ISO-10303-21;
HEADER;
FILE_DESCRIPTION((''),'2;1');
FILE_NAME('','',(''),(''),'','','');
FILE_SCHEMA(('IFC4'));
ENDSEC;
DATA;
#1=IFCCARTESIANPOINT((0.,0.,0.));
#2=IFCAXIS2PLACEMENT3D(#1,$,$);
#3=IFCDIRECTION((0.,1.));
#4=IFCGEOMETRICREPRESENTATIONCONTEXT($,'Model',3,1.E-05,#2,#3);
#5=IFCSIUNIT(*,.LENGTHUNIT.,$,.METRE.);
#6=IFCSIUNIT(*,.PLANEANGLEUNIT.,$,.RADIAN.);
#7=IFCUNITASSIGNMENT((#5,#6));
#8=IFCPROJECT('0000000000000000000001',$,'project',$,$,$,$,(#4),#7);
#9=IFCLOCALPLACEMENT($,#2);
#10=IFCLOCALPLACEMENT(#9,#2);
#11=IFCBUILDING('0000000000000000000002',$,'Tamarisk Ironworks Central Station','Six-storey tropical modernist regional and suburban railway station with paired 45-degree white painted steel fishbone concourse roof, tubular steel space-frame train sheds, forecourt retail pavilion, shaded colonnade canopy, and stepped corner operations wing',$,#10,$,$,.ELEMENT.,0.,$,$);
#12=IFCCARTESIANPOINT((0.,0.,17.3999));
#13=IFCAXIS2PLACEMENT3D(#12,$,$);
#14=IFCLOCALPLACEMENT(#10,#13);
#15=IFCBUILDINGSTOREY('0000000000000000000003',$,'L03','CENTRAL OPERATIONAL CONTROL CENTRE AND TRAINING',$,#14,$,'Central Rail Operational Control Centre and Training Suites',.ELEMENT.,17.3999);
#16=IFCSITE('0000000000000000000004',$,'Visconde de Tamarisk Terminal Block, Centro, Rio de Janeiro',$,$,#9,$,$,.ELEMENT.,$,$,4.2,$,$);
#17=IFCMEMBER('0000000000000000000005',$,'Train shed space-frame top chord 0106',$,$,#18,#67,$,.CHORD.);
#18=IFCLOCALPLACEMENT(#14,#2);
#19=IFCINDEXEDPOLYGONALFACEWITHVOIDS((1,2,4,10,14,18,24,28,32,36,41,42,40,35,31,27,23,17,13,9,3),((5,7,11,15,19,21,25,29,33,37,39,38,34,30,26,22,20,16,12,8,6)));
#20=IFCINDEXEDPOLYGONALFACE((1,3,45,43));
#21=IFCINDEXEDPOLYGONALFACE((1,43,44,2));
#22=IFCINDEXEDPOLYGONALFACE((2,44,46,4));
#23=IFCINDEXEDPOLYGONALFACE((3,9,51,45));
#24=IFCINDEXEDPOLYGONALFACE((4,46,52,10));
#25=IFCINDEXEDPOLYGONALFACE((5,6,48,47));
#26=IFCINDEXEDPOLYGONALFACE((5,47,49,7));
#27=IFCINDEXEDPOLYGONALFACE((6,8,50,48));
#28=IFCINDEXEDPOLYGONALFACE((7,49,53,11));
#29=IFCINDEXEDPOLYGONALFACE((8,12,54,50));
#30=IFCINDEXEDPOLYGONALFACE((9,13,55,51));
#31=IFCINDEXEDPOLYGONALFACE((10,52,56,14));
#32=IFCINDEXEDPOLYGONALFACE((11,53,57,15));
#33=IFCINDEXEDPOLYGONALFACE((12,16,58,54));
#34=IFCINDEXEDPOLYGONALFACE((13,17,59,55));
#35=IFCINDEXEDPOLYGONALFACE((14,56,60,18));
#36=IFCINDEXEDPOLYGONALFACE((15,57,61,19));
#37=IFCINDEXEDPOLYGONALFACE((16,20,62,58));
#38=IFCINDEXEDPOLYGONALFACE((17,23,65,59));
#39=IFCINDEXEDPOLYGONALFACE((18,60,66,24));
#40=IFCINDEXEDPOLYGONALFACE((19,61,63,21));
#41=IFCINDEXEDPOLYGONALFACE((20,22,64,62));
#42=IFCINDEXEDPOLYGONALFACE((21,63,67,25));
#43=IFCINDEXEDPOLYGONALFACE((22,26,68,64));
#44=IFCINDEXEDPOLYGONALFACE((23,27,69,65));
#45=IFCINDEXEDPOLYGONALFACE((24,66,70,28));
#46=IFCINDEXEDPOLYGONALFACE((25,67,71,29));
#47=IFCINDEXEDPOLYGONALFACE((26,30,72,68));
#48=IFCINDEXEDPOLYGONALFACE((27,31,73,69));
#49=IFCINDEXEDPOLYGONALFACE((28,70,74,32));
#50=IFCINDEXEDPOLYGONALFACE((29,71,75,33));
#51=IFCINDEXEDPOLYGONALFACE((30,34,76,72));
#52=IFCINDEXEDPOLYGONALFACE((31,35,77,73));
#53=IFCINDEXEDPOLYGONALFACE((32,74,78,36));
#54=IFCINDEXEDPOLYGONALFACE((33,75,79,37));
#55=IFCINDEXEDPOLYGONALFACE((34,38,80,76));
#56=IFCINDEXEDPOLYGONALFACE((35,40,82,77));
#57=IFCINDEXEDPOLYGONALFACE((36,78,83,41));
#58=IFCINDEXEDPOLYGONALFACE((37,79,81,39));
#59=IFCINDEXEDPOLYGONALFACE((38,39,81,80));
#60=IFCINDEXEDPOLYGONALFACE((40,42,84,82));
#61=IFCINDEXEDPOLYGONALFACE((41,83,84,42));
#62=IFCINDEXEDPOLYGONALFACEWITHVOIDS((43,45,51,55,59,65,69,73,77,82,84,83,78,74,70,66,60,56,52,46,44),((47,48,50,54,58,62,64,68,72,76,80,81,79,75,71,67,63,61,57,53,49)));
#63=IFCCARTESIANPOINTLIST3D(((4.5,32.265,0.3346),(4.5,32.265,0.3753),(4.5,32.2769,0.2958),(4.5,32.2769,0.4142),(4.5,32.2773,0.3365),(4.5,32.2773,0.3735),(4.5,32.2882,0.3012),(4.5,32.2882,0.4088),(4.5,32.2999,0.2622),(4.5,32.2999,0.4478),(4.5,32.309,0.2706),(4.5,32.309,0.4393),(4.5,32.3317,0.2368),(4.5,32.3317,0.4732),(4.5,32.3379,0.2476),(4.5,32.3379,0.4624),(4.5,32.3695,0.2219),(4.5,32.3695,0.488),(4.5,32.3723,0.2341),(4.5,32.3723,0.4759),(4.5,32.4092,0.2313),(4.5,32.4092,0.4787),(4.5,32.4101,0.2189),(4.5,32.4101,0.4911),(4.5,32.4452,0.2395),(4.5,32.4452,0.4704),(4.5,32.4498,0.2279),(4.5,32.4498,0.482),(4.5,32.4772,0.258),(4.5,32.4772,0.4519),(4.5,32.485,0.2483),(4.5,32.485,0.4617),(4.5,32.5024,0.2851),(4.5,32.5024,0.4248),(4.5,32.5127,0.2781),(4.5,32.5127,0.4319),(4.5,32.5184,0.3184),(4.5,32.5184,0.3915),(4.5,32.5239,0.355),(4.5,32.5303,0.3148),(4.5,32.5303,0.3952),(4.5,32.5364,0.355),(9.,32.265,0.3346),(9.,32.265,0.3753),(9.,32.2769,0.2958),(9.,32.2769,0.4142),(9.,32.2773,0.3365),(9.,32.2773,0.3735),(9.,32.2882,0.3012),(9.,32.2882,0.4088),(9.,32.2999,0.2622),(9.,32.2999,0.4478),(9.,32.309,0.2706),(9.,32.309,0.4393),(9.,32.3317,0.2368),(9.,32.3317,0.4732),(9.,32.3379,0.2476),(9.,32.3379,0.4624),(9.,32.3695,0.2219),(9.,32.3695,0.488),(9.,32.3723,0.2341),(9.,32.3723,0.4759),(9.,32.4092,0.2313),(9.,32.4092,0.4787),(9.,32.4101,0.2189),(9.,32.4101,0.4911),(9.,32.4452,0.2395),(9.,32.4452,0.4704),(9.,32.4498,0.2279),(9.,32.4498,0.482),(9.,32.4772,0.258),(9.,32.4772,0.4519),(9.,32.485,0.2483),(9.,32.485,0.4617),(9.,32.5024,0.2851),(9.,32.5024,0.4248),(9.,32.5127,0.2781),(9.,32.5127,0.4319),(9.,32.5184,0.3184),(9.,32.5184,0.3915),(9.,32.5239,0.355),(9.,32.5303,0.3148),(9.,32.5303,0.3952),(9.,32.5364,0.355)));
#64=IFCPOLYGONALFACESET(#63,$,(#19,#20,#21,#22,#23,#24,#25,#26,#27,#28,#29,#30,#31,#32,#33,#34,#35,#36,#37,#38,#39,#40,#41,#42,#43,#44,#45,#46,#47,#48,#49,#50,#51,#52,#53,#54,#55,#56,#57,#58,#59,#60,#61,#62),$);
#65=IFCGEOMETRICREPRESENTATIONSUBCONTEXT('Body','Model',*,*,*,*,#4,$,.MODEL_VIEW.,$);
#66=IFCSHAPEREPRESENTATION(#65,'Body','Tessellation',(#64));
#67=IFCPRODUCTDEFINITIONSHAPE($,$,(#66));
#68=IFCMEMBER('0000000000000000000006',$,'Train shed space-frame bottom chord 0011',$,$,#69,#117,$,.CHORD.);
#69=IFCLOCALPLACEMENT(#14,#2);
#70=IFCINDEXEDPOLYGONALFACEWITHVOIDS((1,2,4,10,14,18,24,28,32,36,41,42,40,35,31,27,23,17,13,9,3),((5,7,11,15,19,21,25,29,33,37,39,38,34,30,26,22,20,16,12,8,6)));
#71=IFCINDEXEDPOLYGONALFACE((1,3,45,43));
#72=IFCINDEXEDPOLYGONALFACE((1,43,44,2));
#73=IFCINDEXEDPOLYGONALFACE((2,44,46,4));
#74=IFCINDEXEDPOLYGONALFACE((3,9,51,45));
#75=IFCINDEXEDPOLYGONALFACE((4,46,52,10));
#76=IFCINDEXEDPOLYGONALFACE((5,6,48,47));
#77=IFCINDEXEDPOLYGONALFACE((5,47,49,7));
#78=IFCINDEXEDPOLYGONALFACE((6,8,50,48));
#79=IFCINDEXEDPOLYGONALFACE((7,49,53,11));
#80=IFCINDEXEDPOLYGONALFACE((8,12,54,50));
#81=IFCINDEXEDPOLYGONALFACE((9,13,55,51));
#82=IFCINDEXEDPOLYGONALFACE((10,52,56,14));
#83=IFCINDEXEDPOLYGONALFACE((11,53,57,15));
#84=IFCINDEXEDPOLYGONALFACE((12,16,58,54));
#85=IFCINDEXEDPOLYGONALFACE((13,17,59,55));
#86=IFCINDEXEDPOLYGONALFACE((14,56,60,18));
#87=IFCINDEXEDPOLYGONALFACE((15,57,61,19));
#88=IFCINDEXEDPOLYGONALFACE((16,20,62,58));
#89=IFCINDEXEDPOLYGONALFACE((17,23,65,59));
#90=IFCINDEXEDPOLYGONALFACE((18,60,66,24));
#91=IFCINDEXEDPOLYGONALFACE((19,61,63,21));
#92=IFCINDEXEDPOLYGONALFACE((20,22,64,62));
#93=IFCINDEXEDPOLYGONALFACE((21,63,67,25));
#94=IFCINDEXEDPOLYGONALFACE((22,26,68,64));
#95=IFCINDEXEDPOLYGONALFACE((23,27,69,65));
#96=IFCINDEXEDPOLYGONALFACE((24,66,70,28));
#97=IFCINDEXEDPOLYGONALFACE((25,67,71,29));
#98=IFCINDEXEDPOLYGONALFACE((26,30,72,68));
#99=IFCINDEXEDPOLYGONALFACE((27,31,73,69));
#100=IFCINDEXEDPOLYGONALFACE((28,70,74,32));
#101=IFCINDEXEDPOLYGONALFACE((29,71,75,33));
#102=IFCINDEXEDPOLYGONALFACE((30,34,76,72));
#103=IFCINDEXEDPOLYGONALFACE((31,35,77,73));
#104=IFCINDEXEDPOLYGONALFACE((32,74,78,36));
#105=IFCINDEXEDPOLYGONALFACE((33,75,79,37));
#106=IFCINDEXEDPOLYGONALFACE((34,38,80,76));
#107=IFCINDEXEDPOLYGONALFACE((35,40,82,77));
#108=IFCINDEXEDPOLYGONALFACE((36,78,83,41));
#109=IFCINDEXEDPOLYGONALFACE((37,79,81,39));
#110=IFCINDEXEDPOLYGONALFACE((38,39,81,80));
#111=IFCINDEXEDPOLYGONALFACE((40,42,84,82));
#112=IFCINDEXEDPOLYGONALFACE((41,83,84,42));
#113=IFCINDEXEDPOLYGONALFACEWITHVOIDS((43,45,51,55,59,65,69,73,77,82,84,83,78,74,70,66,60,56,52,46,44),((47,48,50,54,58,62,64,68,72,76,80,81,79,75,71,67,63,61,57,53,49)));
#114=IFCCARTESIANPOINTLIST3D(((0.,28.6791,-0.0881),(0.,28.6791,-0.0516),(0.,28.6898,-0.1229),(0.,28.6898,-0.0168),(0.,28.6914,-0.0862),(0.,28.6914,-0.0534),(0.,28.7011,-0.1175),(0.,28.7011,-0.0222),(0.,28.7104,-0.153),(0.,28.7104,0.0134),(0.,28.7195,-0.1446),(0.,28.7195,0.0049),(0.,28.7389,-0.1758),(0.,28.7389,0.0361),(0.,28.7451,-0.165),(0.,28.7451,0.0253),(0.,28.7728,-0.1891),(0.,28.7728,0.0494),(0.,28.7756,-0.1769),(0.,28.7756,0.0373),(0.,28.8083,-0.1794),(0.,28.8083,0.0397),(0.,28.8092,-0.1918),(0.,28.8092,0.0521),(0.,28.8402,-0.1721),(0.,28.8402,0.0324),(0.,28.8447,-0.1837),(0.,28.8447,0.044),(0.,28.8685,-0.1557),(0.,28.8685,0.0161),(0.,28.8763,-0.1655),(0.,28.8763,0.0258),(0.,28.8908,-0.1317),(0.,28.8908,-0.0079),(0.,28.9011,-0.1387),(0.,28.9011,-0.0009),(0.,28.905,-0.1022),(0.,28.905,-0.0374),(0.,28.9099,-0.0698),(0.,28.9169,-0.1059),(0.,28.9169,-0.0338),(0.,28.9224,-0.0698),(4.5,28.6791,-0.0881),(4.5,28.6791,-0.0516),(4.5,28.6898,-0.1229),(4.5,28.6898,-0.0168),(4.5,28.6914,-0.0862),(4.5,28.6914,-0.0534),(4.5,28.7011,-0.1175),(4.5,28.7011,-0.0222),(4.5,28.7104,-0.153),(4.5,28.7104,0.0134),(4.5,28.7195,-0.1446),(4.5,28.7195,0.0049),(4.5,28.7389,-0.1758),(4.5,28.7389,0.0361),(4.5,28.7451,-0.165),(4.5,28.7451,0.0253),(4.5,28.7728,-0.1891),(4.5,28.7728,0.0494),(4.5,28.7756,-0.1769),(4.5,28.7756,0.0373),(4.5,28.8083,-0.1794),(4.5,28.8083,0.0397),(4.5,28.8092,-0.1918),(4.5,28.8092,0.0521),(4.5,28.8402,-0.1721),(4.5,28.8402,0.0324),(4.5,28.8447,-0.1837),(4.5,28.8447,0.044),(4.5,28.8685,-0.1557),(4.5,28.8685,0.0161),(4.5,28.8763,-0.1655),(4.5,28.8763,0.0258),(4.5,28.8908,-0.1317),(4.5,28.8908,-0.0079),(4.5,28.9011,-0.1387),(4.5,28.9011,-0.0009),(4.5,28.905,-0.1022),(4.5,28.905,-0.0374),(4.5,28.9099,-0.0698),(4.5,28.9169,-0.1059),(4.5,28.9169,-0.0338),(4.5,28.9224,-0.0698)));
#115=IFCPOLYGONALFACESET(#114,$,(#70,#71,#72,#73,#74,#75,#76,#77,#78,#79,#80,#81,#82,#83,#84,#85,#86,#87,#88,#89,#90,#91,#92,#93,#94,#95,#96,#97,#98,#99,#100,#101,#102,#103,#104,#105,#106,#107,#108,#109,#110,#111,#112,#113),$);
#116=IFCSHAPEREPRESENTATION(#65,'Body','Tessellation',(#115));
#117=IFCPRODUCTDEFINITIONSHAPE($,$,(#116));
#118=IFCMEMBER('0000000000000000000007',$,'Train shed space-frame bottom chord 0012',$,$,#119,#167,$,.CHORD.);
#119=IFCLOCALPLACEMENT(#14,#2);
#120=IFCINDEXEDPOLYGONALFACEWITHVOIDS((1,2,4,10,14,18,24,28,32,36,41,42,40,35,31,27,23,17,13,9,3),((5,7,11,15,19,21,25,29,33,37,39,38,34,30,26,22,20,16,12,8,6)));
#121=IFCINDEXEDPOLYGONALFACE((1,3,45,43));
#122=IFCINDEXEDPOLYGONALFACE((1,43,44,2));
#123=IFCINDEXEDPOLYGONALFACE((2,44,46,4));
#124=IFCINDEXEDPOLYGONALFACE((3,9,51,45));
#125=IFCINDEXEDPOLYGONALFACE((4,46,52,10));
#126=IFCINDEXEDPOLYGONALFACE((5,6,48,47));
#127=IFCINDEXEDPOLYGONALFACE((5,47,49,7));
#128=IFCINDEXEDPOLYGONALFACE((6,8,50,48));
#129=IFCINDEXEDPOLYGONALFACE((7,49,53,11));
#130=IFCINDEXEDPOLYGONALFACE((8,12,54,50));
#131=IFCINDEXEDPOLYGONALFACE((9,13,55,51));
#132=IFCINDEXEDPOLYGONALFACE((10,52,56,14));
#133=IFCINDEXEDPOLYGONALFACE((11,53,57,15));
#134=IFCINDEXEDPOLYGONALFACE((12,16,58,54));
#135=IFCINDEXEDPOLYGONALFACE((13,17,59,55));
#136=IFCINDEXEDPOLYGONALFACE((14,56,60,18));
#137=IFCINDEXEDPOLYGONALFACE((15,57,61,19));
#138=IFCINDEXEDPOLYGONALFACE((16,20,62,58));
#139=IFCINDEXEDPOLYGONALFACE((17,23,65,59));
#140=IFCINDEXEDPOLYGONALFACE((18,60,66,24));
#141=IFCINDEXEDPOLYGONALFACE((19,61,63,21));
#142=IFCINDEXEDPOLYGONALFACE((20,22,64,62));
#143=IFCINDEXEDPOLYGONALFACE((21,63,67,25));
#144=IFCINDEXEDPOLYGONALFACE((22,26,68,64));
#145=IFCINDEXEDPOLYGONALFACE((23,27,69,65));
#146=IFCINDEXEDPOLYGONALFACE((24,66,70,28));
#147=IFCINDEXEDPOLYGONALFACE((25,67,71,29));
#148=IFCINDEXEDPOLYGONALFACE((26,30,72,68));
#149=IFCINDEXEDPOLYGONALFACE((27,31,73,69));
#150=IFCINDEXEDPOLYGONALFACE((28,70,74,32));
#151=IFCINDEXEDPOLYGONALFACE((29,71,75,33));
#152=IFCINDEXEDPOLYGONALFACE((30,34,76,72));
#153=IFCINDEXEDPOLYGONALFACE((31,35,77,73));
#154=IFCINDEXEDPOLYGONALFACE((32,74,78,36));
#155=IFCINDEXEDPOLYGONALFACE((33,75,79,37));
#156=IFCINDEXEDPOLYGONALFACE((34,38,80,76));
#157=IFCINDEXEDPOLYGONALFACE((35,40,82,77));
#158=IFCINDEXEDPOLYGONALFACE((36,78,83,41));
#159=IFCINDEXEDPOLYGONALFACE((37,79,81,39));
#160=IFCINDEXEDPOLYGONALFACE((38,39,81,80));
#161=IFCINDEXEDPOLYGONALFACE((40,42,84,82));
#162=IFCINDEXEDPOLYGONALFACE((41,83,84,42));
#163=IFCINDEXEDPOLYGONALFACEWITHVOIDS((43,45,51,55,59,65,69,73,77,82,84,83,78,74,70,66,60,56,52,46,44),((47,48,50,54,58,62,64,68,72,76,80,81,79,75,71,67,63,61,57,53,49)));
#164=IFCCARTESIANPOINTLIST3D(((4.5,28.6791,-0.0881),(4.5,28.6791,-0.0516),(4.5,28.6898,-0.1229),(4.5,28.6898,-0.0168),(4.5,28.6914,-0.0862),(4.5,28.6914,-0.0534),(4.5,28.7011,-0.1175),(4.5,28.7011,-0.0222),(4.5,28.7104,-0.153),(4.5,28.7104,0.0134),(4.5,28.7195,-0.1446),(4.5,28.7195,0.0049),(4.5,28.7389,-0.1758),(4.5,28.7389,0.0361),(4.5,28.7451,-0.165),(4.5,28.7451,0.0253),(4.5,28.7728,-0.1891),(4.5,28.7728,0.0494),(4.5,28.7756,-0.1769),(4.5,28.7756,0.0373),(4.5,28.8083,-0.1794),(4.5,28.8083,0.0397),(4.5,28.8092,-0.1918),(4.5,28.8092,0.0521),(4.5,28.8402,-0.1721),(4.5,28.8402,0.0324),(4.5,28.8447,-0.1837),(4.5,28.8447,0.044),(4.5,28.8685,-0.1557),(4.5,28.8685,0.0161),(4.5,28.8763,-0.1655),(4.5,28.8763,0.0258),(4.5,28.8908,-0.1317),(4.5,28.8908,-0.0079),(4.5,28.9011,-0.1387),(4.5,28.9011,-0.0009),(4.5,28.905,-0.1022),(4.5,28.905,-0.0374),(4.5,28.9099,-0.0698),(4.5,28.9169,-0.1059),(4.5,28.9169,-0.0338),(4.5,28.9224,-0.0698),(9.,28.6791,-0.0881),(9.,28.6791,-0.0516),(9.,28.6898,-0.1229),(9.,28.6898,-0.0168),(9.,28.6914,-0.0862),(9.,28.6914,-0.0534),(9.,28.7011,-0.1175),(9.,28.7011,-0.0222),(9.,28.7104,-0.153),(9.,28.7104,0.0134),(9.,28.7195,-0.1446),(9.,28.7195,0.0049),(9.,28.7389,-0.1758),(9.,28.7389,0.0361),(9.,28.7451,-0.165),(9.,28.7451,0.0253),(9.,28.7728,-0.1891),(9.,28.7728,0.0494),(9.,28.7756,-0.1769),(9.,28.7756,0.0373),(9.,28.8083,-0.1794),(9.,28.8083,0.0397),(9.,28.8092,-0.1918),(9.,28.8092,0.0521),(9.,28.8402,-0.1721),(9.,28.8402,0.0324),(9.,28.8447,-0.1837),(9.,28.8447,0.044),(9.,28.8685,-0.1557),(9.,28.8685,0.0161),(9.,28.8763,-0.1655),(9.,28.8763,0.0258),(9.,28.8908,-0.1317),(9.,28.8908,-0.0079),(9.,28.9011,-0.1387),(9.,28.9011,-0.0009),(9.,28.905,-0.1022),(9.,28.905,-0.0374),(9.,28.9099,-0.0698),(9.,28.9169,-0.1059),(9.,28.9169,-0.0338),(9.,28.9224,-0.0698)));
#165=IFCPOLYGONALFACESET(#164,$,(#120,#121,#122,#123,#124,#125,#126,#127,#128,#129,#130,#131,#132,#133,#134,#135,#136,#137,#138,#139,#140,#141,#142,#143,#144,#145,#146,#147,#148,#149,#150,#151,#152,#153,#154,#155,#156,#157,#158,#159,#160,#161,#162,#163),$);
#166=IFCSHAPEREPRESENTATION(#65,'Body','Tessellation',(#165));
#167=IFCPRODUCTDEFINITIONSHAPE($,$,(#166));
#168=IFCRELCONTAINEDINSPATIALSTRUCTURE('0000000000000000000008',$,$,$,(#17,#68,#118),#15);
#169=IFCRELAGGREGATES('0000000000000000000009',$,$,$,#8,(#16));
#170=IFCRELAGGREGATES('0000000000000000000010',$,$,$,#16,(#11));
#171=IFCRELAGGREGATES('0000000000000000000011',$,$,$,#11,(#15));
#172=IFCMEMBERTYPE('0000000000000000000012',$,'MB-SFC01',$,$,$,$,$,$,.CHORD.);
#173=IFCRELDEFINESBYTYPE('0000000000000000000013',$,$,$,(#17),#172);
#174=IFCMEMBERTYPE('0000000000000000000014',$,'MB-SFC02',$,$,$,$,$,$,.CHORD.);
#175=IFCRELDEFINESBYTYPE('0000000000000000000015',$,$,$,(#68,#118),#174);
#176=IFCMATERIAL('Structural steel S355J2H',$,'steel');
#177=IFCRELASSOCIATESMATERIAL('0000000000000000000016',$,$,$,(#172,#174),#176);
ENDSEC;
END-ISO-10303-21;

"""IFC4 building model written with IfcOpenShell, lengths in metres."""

from ifc_helpers import new_model, si_unit, direction, frame, origin, origin_2d, place, context, subcontext, project, spatial, hollow_circle, extrude, material, material_profile, profile_set, type_object, element, save


model = new_model("IFC4")

# Units and contexts
model_context = context("Model", 3, precision=1e-05, world=origin(), true_north=direction((0.0, 1.0)))
body_context = subcontext(model_context, "Body", "Model", "MODEL_VIEW")
ifc_project = project(units=[si_unit("LENGTHUNIT", "METRE"), si_unit("PLANEANGLEUNIT", "RADIAN")], contexts=[model_context])

# Site, building, storey
site_placement = place(None, origin())
site = spatial("IfcSite", under=ifc_project, at=site_placement, Name="Visconde de Tamarisk Terminal Block, Centro, Rio de Janeiro", CompositionType="ELEMENT", RefElevation=4.2)
building_placement = place(site_placement, origin())
building = spatial("IfcBuilding", under=site, at=building_placement, Name="Tamarisk Ironworks Central Station", Description="Six-storey tropical modernist regional and suburban railway station with paired 45-degree white painted steel fishbone concourse roof, tubular steel space-frame train sheds, forecourt retail pavilion, shaded colonnade canopy, and stepped corner operations wing", CompositionType="ELEMENT", ElevationOfRefHeight=0.0)
storey_placement = place(building_placement, frame((0.0, 0.0, 17.3999)))
storey = spatial("IfcBuildingStorey", under=building, at=storey_placement, Name="L03", Description="CENTRAL OPERATIONAL CONTROL CENTRE AND TRAINING", LongName="Central Rail Operational Control Centre and Training Suites", CompositionType="ELEMENT", Elevation=17.3999)

# Members
ifc_material_1 = material(Name="Structural steel S355J2H", Category="steel")
ifc_material_profile_1 = material_profile(ifc_material_1, hollow_circle(Radius=0.1365, WallThickness=0.0125, at=origin_2d()), Name="CHS 273x12.5")
ifc_profile_set_1 = profile_set([ifc_material_profile_1], Name="Structural steel S355J2H")
member_type_1 = type_object("IfcMemberType", Name="MB-SFC01", PredefinedType="CHORD", material=ifc_profile_set_1)
for number, where, z_axis, x_axis, name in (
    (1, (4.5, 32.3999, 0.355), (1.0, 0.0, 0.0), (0.0, 1.0, 0.0), "Train shed space-frame top chord 0106"),
):
    element("IfcMember", number, at=place(storey_placement, frame(where, z_axis=z_axis, x_axis=x_axis)), inside=storey, type_object=member_type_1, Name=name, PredefinedType="CHORD", context=body_context, shape_type="SweptSolid", body=[
        extrude(hollow_circle(Radius=0.1365, WallThickness=0.0125, at=origin_2d()), origin(), (0.0, 0.0, 1.0), 4.5),
    ])
ifc_material_profile_2 = material_profile(ifc_material_1, hollow_circle(Radius=0.1223, WallThickness=0.0125, at=origin_2d()), Name="CHS 244.5x12.5")
ifc_profile_set_2 = profile_set([ifc_material_profile_2], Name="Structural steel S355J2H")
member_type_2 = type_object("IfcMemberType", Name="MB-SFC02", PredefinedType="CHORD", material=ifc_profile_set_2)
for number, where, z_axis, x_axis, name in (
    (2, (0.0, 28.8, -0.0698), (1.0, 0.0, 0.0), (0.0, 1.0, 0.0), "Train shed space-frame bottom chord 0011"),
    (3, (4.5, 28.8, -0.0698), (1.0, 0.0, 0.0), (0.0, 1.0, 0.0), "Train shed space-frame bottom chord 0012"),
):
    element("IfcMember", number, at=place(storey_placement, frame(where, z_axis=z_axis, x_axis=x_axis)), inside=storey, type_object=member_type_2, Name=name, PredefinedType="CHORD", context=body_context, shape_type="SweptSolid", body=[
        extrude(hollow_circle(Radius=0.1223, WallThickness=0.0125, at=origin_2d()), origin(), (0.0, 0.0, 1.0), 4.5),
    ])

save(model, "model.ifc")
